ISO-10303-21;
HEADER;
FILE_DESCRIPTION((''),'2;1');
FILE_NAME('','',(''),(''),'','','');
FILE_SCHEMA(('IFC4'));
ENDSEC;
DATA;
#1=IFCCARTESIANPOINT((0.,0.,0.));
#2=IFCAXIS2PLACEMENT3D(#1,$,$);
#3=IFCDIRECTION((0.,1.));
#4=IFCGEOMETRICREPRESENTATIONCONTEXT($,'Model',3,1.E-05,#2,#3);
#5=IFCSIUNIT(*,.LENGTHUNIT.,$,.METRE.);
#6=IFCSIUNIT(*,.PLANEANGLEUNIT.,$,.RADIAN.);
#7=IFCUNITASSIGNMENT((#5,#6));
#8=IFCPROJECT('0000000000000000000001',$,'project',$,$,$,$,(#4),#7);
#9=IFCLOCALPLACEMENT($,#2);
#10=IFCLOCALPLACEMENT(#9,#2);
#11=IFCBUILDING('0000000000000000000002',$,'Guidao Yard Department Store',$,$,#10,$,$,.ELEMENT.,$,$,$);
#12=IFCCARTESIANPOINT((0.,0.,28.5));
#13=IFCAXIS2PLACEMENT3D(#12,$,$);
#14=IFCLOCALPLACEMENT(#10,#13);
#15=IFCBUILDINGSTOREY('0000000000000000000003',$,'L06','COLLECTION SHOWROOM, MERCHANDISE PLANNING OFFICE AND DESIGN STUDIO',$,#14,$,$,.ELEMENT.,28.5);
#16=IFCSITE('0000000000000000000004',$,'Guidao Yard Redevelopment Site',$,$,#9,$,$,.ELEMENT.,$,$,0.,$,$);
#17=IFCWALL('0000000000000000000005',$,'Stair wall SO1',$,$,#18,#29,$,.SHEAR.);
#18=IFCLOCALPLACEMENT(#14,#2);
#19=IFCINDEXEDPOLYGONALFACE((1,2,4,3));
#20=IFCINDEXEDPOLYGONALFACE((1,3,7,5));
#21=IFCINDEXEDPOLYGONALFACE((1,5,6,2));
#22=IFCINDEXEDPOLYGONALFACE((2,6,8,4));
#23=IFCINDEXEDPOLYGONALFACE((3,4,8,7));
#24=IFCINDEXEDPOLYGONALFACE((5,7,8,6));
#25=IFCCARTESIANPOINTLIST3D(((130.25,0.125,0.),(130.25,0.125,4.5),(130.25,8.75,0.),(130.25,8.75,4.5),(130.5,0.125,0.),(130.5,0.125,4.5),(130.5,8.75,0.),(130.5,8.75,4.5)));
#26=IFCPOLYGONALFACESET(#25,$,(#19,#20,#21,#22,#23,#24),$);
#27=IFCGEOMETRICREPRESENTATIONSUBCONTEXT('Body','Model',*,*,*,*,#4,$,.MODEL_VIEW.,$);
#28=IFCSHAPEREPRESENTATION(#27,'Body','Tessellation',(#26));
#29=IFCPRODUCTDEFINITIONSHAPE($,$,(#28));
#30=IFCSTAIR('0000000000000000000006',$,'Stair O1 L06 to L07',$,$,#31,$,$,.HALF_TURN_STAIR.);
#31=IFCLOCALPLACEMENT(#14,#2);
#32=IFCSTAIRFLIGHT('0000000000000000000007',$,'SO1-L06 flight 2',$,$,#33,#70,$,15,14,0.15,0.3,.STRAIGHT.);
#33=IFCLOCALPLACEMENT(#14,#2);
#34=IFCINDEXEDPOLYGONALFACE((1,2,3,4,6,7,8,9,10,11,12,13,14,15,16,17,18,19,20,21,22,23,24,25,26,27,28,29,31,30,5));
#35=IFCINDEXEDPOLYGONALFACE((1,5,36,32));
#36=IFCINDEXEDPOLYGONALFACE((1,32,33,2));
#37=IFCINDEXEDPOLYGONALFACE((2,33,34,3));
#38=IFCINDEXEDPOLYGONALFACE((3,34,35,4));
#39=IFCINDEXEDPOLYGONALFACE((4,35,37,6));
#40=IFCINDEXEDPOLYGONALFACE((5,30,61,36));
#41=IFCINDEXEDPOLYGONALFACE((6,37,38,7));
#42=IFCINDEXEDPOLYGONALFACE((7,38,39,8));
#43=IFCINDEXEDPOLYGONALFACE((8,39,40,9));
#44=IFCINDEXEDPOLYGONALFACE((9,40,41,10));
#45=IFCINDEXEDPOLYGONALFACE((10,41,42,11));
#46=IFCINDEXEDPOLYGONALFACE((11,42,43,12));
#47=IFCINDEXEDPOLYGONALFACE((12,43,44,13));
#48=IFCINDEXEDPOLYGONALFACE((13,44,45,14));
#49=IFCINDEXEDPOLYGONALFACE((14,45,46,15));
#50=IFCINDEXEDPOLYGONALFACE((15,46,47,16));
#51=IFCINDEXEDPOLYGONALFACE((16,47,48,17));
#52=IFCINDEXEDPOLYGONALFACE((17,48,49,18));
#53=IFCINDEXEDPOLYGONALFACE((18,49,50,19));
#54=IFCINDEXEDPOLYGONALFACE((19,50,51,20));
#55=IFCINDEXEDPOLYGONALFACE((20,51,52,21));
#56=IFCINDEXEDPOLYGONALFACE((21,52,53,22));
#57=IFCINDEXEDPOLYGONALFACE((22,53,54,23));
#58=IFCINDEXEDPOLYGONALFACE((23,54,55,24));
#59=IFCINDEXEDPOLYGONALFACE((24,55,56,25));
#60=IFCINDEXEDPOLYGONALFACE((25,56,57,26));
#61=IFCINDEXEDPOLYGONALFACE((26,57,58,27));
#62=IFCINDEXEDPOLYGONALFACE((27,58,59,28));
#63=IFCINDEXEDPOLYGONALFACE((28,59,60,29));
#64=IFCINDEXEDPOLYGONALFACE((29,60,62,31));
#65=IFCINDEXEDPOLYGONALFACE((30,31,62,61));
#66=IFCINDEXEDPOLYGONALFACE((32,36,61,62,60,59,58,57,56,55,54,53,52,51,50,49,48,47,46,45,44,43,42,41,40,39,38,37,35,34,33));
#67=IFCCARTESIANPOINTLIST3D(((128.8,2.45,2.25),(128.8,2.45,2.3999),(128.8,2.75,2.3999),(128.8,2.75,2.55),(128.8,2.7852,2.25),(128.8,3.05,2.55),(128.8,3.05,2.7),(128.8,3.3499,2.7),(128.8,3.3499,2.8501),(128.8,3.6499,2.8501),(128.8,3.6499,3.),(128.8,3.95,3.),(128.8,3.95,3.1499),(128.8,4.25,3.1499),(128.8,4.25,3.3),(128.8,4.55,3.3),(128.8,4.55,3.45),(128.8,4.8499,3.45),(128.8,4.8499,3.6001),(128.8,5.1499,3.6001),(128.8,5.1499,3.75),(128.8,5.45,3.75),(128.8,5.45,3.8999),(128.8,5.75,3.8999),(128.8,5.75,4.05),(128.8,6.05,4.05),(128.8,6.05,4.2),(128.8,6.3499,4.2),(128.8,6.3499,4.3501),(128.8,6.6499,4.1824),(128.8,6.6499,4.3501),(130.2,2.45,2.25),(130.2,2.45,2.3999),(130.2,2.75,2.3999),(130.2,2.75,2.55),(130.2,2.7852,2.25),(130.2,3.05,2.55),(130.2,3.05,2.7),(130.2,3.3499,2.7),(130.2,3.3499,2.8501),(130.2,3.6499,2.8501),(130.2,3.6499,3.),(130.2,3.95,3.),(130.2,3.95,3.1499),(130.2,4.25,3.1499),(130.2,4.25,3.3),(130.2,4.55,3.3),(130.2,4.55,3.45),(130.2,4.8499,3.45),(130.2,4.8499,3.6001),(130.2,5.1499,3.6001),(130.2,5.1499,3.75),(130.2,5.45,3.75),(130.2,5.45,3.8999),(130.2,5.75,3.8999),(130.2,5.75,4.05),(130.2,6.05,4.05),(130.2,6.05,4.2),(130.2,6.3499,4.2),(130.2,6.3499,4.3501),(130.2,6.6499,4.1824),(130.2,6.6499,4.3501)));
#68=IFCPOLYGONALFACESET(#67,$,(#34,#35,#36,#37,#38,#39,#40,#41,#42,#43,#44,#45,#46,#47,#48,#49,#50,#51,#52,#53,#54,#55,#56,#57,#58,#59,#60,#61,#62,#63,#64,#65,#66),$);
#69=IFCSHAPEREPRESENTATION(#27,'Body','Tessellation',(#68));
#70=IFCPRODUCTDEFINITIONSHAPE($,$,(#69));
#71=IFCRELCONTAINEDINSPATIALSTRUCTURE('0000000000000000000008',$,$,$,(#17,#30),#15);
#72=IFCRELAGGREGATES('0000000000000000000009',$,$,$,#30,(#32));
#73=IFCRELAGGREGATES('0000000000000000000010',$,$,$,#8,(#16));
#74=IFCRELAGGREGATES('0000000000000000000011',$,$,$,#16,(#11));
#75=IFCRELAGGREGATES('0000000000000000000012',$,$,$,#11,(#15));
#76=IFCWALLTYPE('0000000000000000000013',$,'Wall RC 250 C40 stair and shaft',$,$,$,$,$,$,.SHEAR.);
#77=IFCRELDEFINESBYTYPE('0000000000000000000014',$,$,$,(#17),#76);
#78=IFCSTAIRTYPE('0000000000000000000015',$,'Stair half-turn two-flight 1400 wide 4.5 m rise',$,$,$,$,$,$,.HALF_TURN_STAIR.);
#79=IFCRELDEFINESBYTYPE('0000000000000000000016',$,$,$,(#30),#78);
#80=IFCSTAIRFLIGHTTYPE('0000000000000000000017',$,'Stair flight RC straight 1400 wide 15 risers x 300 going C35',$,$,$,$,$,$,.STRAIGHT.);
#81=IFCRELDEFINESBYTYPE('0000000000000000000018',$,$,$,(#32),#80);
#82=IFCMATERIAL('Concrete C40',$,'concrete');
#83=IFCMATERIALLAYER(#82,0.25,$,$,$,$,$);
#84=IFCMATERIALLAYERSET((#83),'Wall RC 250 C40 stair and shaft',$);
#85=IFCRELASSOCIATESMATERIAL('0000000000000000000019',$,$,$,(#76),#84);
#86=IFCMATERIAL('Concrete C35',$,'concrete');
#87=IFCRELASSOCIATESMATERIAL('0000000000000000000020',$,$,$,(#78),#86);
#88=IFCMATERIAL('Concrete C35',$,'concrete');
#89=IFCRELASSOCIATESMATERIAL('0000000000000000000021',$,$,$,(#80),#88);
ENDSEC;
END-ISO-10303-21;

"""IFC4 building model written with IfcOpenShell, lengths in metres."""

from ifc_helpers import new_model, si_unit, direction, frame, frame_2d, origin, place, context, subcontext, project, spatial, polyline, rectangle, outline, extrude, material, layer, layer_set, type_object, element, aggregate, save


model = new_model("IFC4")

# Units and contexts
model_context = context("Model", 3, precision=1e-05, world=origin(), true_north=direction((0.0, 1.0)))
body_context = subcontext(model_context, "Body", "Model", "MODEL_VIEW")
ifc_project = project(units=[si_unit("LENGTHUNIT", "METRE"), si_unit("PLANEANGLEUNIT", "RADIAN")], contexts=[model_context])

# Site, building, storey
site_placement = place(None, origin())
site = spatial("IfcSite", under=ifc_project, at=site_placement, Name="Guidao Yard Redevelopment Site", CompositionType="ELEMENT", RefElevation=0.0)
building_placement = place(site_placement, origin())
building = spatial("IfcBuilding", under=site, at=building_placement, Name="Guidao Yard Department Store", CompositionType="ELEMENT")
storey_placement = place(building_placement, frame((0.0, 0.0, 28.5)))
storey = spatial("IfcBuildingStorey", under=building, at=storey_placement, Name="L06", Description="COLLECTION SHOWROOM, MERCHANDISE PLANNING OFFICE AND DESIGN STUDIO", CompositionType="ELEMENT", Elevation=28.5)

# Wall
ifc_material_1 = material(Name="Concrete C40", Category="concrete")
ifc_layer_1 = layer(ifc_material_1, 0.25)
ifc_layer_set_1 = layer_set([ifc_layer_1], Name="Wall RC 250 C40 stair and shaft")
wall_type = type_object("IfcWallType", Name="Wall RC 250 C40 stair and shaft", PredefinedType="SHEAR", material=ifc_layer_set_1)
wall_1_placement = place(storey_placement, frame((130.375, 0.125, 0.0), z_axis=(0.0, 0.0, 1.0), x_axis=(0.0, 1.0, 0.0)))
element("IfcWall", 1, at=wall_1_placement, inside=storey, type_object=wall_type, Name="Stair wall SO1", PredefinedType="SHEAR", context=body_context, shape_type="SweptSolid", body=[
    extrude(rectangle(XDim=8.625, YDim=0.25, at=frame_2d((4.3125, 0.0))), origin(), (0.0, 0.0, 1.0), 4.5),
])

# Stair, stair flight
ifc_material_2 = material(Name="Concrete C35", Category="concrete")
stair_type = type_object("IfcStairType", Name="Stair half-turn two-flight 1400 wide 4.5 m rise", PredefinedType="HALF_TURN_STAIR", material=ifc_material_2)
stair_placement = place(storey_placement, origin())
stair = element("IfcStair", 2, at=stair_placement, inside=storey, type_object=stair_type, Name="Stair O1 L06 to L07", PredefinedType="HALF_TURN_STAIR")
ifc_material_3 = material(Name="Concrete C35", Category="concrete")
stair_flight_type = type_object("IfcStairFlightType", Name="Stair flight RC straight 1400 wide 15 risers x 300 going C35", PredefinedType="STRAIGHT", material=ifc_material_3)
stair_flight_placement = place(storey_placement, frame((129.5, 2.45, 2.25), z_axis=(0.0, 0.0, 1.0), x_axis=(0.0, 1.0, 0.0)))
stair_flight = element("IfcStairFlight", 3, at=stair_flight_placement, type_object=stair_flight_type, Name="SO1-L06 flight 2", NumberOfRisers=15, NumberOfTreads=14, PredefinedType="STRAIGHT", RiserHeight=0.15, TreadLength=0.3, context=body_context, shape_type="SweptSolid", body=[
    extrude(outline(polyline([(0.0, 0.0), (0.0, 0.1499), (0.3, 0.1499), (0.3, 0.3), (0.6001, 0.3), (0.6001, 0.45), (0.8999, 0.45), (0.8999, 0.6001), (1.2, 0.6001), (1.2, 0.75), (1.5, 0.75), (1.5, 0.8999), (1.8, 0.8999), (1.8, 1.05), (2.1001, 1.05), (2.1001, 1.2), (2.3999, 1.2), (2.3999, 1.3501), (2.7, 1.3501), (2.7, 1.5), (3.0, 1.5), (3.0, 1.6499), (3.3, 1.6499), (3.3, 1.8), (3.6001, 1.8), (3.6001, 1.95), (3.8999, 1.95), (3.8999, 2.1001), (4.2, 2.1001), (4.2, 2.25), (4.2, 1.9324), (0.3352, 0.0), (0.0, 0.0)])), frame((0.0, 0.7, 0.0), z_axis=(0.0, -1.0, 0.0), x_axis=(1.0, 0.0, 0.0)), (0.0, 0.0, 1.0), 1.3999),
])
aggregate(stair, [stair_flight])

save(model, "model.ifc")
